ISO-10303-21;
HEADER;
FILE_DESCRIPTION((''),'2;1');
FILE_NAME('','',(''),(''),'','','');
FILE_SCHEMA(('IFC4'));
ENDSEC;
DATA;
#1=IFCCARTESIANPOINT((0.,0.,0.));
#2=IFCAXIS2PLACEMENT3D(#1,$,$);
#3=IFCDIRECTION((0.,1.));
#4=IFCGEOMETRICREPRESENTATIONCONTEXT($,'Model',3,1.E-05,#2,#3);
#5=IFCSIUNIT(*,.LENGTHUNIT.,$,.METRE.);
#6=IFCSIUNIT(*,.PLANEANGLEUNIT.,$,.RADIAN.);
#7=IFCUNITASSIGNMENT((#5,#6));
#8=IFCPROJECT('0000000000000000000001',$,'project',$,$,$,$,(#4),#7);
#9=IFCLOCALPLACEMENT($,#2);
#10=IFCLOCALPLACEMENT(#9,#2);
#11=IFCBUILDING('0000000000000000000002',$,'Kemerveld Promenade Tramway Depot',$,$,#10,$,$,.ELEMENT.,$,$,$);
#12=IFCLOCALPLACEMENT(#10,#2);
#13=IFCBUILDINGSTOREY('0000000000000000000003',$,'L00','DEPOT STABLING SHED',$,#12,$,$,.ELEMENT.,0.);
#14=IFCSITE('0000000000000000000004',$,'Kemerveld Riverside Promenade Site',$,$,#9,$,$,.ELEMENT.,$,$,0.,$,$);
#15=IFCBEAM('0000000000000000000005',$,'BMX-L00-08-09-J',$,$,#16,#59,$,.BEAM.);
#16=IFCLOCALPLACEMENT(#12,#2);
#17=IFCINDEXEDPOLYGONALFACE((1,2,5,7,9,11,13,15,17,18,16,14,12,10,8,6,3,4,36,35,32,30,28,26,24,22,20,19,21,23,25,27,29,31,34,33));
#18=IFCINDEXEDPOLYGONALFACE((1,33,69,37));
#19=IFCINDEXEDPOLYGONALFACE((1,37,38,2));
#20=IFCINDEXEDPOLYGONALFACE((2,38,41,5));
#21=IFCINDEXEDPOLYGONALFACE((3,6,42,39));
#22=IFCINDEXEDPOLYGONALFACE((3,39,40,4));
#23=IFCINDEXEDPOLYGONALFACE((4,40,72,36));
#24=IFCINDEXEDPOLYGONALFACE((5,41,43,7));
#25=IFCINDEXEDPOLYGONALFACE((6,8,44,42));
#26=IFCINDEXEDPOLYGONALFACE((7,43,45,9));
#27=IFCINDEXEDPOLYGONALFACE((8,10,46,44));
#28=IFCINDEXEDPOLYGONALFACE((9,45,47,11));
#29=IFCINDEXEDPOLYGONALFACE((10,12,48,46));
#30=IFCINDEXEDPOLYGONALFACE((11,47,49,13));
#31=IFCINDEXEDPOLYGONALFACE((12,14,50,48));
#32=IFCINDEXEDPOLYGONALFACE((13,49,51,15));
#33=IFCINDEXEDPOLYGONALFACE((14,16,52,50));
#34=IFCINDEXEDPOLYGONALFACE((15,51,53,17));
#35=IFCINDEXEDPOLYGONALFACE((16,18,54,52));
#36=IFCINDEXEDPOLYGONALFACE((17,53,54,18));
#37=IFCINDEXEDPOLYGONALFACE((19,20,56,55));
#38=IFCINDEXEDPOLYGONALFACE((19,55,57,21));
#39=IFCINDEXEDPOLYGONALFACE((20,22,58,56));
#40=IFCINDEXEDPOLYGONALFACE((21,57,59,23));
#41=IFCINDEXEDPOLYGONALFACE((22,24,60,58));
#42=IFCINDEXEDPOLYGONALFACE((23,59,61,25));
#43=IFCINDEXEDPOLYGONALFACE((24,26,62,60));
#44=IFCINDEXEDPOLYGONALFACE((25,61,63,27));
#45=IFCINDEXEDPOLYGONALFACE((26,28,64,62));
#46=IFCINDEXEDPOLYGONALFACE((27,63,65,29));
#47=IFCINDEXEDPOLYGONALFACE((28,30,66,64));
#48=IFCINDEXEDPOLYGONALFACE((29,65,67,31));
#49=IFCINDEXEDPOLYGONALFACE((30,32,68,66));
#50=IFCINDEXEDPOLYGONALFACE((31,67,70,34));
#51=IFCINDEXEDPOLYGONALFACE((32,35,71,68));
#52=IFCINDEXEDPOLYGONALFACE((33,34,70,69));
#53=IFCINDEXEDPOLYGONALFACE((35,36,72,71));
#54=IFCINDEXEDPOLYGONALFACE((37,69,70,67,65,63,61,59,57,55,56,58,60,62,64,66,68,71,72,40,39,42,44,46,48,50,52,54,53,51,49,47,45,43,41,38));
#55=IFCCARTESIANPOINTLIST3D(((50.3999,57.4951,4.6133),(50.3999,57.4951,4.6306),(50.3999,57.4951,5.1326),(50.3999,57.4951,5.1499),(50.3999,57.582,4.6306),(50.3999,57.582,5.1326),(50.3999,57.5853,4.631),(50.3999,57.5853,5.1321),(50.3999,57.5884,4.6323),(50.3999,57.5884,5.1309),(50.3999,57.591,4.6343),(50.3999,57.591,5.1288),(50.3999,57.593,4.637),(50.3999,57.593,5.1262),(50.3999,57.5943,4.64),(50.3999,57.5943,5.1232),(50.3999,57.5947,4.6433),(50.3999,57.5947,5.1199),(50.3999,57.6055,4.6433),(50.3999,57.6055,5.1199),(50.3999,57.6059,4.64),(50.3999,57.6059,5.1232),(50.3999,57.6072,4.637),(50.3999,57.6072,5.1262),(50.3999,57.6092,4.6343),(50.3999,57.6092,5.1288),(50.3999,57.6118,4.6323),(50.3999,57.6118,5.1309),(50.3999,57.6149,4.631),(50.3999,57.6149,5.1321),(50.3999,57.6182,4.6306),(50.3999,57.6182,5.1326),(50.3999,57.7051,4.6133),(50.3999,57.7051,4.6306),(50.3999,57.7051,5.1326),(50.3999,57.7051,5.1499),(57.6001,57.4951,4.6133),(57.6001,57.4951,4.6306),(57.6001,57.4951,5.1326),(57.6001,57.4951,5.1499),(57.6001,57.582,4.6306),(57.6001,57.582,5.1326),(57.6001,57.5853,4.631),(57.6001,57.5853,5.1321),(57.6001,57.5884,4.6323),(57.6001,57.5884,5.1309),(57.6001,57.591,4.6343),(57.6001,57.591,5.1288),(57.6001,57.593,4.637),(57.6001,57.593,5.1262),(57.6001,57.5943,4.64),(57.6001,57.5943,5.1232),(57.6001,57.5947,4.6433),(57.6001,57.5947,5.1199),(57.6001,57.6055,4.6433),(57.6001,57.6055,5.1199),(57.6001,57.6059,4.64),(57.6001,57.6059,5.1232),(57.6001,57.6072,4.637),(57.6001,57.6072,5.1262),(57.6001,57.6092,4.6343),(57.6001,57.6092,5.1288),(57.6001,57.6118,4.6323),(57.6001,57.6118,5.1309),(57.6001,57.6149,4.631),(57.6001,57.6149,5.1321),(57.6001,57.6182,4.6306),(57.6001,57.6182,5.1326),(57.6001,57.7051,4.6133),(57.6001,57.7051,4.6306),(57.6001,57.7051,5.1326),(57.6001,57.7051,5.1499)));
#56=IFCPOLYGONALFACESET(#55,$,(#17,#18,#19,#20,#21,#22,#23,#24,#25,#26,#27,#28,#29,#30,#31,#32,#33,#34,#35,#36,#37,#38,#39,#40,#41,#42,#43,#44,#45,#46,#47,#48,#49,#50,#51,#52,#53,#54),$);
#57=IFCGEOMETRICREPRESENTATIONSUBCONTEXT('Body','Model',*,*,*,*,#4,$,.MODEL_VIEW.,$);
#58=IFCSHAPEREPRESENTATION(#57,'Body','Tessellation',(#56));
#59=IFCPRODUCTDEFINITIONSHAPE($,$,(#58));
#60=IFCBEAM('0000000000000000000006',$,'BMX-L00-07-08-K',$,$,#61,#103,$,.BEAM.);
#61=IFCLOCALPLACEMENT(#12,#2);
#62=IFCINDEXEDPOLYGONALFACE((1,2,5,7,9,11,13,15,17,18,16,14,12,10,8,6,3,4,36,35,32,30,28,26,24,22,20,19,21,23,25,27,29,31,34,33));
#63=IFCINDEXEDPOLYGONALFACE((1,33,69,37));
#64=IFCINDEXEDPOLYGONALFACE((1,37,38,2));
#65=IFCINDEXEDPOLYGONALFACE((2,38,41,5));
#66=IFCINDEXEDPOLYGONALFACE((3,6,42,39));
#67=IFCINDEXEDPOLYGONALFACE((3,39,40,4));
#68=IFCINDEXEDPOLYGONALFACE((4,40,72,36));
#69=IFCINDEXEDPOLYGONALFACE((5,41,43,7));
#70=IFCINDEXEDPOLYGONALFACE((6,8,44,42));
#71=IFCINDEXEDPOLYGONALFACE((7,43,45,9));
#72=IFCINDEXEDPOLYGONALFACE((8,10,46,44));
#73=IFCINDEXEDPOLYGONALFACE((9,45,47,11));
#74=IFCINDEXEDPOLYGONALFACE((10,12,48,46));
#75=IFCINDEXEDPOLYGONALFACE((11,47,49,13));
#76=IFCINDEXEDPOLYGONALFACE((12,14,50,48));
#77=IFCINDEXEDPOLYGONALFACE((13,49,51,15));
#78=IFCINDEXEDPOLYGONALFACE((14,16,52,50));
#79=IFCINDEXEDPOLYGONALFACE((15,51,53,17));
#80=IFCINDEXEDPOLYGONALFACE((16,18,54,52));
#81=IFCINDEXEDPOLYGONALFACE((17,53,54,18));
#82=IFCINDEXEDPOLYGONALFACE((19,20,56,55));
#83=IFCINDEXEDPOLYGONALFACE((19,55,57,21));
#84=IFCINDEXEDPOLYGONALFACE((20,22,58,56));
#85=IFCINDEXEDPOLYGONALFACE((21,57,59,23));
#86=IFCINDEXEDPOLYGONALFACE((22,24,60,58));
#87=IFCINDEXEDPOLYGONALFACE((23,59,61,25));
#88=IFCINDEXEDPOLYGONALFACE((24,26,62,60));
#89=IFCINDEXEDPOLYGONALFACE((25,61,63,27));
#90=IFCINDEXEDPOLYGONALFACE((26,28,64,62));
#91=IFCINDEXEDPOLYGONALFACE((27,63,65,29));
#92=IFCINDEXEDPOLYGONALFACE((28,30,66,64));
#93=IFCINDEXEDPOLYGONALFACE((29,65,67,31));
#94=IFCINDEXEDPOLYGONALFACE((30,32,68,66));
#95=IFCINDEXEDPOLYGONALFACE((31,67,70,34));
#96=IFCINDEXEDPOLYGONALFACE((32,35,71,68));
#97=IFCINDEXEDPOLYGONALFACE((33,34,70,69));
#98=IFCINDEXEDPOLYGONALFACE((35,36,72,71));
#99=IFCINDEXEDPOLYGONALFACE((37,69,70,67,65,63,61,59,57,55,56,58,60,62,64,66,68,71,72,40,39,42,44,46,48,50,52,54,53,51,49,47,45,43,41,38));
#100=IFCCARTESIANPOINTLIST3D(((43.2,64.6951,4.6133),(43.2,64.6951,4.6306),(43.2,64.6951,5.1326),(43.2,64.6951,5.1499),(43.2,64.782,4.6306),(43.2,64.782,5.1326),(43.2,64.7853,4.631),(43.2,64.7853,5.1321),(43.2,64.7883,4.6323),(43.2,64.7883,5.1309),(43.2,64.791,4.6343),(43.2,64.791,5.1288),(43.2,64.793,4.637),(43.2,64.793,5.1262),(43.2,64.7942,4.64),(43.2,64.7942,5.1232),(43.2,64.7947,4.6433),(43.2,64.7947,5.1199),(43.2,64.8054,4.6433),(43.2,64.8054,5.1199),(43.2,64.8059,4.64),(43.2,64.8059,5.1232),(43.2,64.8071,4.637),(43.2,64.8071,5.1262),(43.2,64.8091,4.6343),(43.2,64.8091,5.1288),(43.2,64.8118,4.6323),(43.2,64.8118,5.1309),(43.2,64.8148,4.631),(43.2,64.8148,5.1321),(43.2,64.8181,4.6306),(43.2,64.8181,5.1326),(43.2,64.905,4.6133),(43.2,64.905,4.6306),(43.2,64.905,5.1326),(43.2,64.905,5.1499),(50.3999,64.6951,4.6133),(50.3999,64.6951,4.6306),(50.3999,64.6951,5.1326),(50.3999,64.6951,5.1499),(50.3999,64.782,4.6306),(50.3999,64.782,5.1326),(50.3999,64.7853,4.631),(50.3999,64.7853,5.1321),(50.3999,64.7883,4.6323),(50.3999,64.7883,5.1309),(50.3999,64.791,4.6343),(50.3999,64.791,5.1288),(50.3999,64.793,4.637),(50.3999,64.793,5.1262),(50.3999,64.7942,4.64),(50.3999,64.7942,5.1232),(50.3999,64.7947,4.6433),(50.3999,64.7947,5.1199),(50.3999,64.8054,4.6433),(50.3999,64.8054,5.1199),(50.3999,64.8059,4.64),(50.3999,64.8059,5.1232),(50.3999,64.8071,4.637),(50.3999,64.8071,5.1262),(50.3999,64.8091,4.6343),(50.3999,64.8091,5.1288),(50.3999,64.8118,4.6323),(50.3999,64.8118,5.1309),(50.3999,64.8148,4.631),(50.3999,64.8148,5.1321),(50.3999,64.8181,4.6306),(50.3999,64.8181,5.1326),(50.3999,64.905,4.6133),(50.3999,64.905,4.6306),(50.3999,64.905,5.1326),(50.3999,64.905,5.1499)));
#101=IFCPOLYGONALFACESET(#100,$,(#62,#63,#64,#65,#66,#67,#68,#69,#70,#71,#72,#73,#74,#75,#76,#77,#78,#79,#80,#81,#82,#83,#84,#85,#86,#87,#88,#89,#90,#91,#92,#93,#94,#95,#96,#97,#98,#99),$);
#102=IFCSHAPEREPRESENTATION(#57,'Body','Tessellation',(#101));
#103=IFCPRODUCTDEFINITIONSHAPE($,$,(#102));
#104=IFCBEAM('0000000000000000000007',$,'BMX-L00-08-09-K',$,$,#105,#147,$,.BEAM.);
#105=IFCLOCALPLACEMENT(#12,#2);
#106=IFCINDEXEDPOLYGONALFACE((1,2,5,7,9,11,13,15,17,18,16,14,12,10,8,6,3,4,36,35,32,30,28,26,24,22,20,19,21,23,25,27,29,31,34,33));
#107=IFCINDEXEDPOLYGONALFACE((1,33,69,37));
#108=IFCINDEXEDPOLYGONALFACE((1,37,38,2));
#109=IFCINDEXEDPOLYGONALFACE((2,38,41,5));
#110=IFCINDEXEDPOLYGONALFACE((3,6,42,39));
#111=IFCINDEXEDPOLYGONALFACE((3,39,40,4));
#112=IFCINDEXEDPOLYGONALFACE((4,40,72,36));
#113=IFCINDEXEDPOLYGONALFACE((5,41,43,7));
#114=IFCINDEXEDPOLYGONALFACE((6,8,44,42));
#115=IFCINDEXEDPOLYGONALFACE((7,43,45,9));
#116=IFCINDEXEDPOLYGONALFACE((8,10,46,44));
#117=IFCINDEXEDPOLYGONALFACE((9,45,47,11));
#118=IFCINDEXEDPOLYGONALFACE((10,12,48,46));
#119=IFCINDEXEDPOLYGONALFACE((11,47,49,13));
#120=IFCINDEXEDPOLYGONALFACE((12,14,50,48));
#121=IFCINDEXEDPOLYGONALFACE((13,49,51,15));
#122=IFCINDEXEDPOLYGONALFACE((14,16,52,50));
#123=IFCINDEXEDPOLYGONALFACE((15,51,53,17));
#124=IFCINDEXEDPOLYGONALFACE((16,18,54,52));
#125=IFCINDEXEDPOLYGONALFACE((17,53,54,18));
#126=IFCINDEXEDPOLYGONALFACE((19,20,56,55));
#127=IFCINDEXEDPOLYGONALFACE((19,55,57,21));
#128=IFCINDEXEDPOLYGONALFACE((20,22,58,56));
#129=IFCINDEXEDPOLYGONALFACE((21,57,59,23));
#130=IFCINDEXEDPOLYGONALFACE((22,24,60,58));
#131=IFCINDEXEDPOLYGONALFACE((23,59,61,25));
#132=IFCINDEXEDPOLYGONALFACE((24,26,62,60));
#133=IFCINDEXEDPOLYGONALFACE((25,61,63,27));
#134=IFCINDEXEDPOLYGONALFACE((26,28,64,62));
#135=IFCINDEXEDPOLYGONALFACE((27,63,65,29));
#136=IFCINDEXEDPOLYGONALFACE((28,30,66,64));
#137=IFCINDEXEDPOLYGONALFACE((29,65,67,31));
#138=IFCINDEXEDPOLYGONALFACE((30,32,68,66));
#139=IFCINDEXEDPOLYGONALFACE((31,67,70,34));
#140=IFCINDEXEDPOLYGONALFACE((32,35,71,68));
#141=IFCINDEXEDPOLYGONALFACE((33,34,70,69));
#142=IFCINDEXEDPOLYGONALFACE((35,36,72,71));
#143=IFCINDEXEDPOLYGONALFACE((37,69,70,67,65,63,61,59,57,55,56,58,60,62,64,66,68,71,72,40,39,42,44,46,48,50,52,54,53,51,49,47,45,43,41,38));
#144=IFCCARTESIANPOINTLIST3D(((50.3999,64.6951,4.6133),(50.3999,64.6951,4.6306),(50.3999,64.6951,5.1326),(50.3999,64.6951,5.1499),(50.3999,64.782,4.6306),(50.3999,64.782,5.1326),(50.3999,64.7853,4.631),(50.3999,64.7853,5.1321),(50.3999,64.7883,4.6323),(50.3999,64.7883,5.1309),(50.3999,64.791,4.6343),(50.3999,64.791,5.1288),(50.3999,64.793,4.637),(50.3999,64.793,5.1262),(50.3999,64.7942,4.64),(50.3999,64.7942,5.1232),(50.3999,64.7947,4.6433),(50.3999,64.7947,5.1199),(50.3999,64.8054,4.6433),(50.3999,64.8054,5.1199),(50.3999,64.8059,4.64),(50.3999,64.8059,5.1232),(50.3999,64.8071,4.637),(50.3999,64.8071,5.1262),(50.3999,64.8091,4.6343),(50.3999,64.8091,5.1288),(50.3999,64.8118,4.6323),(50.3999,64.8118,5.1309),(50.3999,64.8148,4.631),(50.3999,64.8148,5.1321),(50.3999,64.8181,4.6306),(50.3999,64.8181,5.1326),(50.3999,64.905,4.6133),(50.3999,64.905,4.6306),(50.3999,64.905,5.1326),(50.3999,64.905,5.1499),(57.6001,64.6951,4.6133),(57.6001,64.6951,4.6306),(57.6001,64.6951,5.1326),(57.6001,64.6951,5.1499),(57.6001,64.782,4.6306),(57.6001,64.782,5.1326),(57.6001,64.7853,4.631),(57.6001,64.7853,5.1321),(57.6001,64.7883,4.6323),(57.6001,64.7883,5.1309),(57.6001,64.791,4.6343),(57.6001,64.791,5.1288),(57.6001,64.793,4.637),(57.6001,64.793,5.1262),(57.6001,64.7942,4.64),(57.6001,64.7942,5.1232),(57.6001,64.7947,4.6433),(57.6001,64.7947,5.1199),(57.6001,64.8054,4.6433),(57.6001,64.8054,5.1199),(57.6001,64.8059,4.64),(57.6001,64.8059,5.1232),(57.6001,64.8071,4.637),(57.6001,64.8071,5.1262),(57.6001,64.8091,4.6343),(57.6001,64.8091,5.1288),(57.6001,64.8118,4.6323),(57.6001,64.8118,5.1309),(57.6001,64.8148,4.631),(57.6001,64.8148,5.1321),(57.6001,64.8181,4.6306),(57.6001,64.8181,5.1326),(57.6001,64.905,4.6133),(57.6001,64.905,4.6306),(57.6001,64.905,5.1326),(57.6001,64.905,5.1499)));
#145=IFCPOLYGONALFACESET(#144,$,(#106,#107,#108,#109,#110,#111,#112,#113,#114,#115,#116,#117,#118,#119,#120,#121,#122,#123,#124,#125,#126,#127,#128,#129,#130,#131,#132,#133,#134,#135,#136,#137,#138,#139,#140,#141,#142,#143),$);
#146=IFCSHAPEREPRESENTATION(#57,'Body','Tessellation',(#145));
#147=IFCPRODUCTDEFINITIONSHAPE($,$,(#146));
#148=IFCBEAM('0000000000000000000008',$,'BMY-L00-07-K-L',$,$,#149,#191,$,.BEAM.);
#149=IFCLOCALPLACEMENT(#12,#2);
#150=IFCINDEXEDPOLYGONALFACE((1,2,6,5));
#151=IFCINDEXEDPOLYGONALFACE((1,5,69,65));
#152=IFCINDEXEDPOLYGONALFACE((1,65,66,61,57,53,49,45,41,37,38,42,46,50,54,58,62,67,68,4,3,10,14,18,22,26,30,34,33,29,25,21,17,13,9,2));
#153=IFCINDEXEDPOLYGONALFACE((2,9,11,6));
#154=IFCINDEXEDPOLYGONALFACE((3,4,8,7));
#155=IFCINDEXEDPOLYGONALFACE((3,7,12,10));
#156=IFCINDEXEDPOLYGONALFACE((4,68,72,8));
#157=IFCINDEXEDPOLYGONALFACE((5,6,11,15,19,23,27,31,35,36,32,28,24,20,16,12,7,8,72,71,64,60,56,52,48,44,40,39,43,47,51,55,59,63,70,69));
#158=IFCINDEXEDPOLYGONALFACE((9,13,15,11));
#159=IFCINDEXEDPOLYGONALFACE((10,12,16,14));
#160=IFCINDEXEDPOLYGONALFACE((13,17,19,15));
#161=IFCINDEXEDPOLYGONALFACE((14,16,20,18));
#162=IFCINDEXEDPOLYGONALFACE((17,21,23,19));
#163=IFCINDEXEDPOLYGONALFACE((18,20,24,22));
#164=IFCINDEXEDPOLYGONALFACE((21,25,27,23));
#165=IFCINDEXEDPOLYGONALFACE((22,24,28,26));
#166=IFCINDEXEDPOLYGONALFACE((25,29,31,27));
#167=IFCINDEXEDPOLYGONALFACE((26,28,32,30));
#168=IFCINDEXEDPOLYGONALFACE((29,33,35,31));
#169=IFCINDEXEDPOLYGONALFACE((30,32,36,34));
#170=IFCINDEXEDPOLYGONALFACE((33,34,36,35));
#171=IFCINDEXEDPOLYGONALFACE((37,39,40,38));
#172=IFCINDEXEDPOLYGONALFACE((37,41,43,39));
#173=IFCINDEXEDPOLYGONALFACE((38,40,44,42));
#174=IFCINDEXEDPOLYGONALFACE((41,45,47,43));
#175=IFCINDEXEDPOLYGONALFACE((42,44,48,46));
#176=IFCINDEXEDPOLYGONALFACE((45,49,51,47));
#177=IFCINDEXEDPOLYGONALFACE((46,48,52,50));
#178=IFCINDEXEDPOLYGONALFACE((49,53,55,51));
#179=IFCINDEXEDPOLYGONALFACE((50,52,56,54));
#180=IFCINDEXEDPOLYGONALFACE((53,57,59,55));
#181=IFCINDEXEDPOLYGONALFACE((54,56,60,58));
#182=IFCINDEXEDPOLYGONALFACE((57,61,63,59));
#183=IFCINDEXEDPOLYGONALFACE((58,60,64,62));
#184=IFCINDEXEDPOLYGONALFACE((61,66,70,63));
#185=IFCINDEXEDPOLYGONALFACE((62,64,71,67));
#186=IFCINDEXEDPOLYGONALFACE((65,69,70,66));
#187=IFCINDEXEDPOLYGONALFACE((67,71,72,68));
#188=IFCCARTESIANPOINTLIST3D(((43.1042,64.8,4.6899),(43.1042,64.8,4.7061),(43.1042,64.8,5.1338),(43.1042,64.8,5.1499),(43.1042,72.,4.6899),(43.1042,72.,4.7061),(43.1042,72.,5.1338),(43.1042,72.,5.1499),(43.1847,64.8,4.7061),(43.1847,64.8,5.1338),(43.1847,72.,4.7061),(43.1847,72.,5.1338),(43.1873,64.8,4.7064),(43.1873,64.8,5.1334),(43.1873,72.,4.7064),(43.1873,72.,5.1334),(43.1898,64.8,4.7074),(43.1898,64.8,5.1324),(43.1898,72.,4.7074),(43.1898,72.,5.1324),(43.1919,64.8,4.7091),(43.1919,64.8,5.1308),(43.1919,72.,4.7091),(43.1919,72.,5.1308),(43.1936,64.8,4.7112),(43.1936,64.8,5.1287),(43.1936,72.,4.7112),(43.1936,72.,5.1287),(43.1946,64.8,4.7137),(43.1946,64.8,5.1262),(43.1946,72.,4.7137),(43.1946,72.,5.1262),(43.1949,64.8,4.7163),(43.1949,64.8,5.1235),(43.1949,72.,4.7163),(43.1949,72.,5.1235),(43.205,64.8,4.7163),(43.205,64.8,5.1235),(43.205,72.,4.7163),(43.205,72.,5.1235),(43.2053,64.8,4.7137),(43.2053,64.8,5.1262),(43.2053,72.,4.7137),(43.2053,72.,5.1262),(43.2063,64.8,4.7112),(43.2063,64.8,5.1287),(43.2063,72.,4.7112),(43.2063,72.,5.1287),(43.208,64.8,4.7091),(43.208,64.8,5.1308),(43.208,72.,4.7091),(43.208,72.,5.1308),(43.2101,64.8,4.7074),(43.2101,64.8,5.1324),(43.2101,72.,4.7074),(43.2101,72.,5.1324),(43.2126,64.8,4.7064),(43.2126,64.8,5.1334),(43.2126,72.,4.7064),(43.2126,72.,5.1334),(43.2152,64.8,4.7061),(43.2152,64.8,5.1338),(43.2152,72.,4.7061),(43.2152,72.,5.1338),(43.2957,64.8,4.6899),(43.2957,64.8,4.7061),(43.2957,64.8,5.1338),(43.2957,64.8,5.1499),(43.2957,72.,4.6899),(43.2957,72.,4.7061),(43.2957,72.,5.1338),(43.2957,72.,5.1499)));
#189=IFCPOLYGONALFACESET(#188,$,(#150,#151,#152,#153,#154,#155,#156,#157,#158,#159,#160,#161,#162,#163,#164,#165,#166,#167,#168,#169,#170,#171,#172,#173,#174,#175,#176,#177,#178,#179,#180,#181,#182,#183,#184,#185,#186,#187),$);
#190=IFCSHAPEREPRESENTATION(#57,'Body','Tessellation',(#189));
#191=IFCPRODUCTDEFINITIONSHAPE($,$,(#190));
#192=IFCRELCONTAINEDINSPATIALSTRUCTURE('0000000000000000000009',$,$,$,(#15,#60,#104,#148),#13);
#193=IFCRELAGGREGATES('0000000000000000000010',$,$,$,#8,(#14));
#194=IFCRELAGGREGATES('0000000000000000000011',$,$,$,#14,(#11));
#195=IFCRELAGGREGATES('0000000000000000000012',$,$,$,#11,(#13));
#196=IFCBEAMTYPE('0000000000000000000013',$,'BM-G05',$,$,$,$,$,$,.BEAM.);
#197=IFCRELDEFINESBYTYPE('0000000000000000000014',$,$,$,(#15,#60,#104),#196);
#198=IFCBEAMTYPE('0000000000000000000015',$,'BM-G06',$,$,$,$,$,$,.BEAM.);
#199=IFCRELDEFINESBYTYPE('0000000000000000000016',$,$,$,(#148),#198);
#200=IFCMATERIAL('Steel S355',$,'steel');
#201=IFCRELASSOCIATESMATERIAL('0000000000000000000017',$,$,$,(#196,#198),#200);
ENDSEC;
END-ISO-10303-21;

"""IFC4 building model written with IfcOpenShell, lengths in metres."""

from ifc_helpers import new_model, si_unit, direction, frame, origin, origin_2d, place, context, subcontext, project, spatial, i_section, extrude, material, material_profile, profile_set, type_object, element, save


model = new_model("IFC4")

# Units and contexts
model_context = context("Model", 3, precision=1e-05, world=origin(), true_north=direction((0.0, 1.0)))
body_context = subcontext(model_context, "Body", "Model", "MODEL_VIEW")
ifc_project = project(units=[si_unit("LENGTHUNIT", "METRE"), si_unit("PLANEANGLEUNIT", "RADIAN")], contexts=[model_context])

# Site, building, storey
site_placement = place(None, origin())
site = spatial("IfcSite", under=ifc_project, at=site_placement, Name="Kemerveld Riverside Promenade Site", CompositionType="ELEMENT", RefElevation=0.0)
building_placement = place(site_placement, origin())
building = spatial("IfcBuilding", under=site, at=building_placement, Name="Kemerveld Promenade Tramway Depot", CompositionType="ELEMENT")
storey_placement = place(building_placement, origin())
storey = spatial("IfcBuildingStorey", under=building, at=storey_placement, Name="L00", Description="DEPOT STABLING SHED", CompositionType="ELEMENT", Elevation=0.0)

# Shared definitions
ifc_material_1 = material(Name="Steel S355", Category="steel")

# Beams
ifc_material_profile_1 = material_profile(ifc_material_1, i_section(OverallWidth=0.21, OverallDepth=0.5366, WebThickness=0.0107, FlangeThickness=0.0173, FilletRadius=0.0127, at=origin_2d()), Name="533x210x101 UB")
ifc_profile_set_1 = profile_set([ifc_material_profile_1], Name="Steel S355")
beam_type_1 = type_object("IfcBeamType", Name="BM-G05", PredefinedType="BEAM", material=ifc_profile_set_1)
beam_1_placement = place(storey_placement, frame((50.3999, 57.6001, 4.8816), z_axis=(1.0, 0.0, 0.0), x_axis=(0.0, 1.0, 0.0)))
element("IfcBeam", 1, at=beam_1_placement, inside=storey, type_object=beam_type_1, Name="BMX-L00-08-09-J", PredefinedType="BEAM", context=body_context, shape_type="SweptSolid", body=[
    extrude(i_section(OverallWidth=0.21, OverallDepth=0.5366, WebThickness=0.0107, FlangeThickness=0.0173, FilletRadius=0.0127, at=origin_2d()), origin(), (0.0, 0.0, 1.0), 7.2002),
])
beam_2_placement = place(storey_placement, frame((43.2, 64.8, 4.8816), z_axis=(1.0, 0.0, 0.0), x_axis=(0.0, 1.0, 0.0)))
element("IfcBeam", 2, at=beam_2_placement, inside=storey, type_object=beam_type_1, Name="BMX-L00-07-08-K", PredefinedType="BEAM", context=body_context, shape_type="SweptSolid", body=[
    extrude(i_section(OverallWidth=0.21, OverallDepth=0.5366, WebThickness=0.0107, FlangeThickness=0.0173, FilletRadius=0.0127, at=origin_2d()), origin(), (0.0, 0.0, 1.0), 7.2),
])
beam_3_placement = place(storey_placement, frame((50.3999, 64.8, 4.8816), z_axis=(1.0, 0.0, 0.0), x_axis=(0.0, 1.0, 0.0)))
element("IfcBeam", 3, at=beam_3_placement, inside=storey, type_object=beam_type_1, Name="BMX-L00-08-09-K", PredefinedType="BEAM", context=body_context, shape_type="SweptSolid", body=[
    extrude(i_section(OverallWidth=0.21, OverallDepth=0.5366, WebThickness=0.0107, FlangeThickness=0.0173, FilletRadius=0.0127, at=origin_2d()), origin(), (0.0, 0.0, 1.0), 7.2002),
])
ifc_material_profile_2 = material_profile(ifc_material_1, i_section(OverallWidth=0.1914, OverallDepth=0.46, WebThickness=0.01, FlangeThickness=0.0161, FilletRadius=0.0103, at=origin_2d()), Name="457x191x82 UB")
ifc_profile_set_2 = profile_set([ifc_material_profile_2], Name="Steel S355")
beam_type_2 = type_object("IfcBeamType", Name="BM-G06", PredefinedType="BEAM", material=ifc_profile_set_2)
for number, where, z_axis, x_axis, name in (
    (4, (43.2, 64.8, 4.9199), (0.0, 1.0, 0.0), (-1.0, 0.0, 0.0), "BMY-L00-07-K-L"),
):
    element("IfcBeam", number, at=place(storey_placement, frame(where, z_axis=z_axis, x_axis=x_axis)), inside=storey, type_object=beam_type_2, Name=name, PredefinedType="BEAM", context=body_context, shape_type="SweptSolid", body=[
        extrude(i_section(OverallWidth=0.1914, OverallDepth=0.46, WebThickness=0.01, FlangeThickness=0.0161, FilletRadius=0.0103, at=origin_2d()), origin(), (0.0, 0.0, 1.0), 7.2),
    ])

save(model, "model.ifc")
